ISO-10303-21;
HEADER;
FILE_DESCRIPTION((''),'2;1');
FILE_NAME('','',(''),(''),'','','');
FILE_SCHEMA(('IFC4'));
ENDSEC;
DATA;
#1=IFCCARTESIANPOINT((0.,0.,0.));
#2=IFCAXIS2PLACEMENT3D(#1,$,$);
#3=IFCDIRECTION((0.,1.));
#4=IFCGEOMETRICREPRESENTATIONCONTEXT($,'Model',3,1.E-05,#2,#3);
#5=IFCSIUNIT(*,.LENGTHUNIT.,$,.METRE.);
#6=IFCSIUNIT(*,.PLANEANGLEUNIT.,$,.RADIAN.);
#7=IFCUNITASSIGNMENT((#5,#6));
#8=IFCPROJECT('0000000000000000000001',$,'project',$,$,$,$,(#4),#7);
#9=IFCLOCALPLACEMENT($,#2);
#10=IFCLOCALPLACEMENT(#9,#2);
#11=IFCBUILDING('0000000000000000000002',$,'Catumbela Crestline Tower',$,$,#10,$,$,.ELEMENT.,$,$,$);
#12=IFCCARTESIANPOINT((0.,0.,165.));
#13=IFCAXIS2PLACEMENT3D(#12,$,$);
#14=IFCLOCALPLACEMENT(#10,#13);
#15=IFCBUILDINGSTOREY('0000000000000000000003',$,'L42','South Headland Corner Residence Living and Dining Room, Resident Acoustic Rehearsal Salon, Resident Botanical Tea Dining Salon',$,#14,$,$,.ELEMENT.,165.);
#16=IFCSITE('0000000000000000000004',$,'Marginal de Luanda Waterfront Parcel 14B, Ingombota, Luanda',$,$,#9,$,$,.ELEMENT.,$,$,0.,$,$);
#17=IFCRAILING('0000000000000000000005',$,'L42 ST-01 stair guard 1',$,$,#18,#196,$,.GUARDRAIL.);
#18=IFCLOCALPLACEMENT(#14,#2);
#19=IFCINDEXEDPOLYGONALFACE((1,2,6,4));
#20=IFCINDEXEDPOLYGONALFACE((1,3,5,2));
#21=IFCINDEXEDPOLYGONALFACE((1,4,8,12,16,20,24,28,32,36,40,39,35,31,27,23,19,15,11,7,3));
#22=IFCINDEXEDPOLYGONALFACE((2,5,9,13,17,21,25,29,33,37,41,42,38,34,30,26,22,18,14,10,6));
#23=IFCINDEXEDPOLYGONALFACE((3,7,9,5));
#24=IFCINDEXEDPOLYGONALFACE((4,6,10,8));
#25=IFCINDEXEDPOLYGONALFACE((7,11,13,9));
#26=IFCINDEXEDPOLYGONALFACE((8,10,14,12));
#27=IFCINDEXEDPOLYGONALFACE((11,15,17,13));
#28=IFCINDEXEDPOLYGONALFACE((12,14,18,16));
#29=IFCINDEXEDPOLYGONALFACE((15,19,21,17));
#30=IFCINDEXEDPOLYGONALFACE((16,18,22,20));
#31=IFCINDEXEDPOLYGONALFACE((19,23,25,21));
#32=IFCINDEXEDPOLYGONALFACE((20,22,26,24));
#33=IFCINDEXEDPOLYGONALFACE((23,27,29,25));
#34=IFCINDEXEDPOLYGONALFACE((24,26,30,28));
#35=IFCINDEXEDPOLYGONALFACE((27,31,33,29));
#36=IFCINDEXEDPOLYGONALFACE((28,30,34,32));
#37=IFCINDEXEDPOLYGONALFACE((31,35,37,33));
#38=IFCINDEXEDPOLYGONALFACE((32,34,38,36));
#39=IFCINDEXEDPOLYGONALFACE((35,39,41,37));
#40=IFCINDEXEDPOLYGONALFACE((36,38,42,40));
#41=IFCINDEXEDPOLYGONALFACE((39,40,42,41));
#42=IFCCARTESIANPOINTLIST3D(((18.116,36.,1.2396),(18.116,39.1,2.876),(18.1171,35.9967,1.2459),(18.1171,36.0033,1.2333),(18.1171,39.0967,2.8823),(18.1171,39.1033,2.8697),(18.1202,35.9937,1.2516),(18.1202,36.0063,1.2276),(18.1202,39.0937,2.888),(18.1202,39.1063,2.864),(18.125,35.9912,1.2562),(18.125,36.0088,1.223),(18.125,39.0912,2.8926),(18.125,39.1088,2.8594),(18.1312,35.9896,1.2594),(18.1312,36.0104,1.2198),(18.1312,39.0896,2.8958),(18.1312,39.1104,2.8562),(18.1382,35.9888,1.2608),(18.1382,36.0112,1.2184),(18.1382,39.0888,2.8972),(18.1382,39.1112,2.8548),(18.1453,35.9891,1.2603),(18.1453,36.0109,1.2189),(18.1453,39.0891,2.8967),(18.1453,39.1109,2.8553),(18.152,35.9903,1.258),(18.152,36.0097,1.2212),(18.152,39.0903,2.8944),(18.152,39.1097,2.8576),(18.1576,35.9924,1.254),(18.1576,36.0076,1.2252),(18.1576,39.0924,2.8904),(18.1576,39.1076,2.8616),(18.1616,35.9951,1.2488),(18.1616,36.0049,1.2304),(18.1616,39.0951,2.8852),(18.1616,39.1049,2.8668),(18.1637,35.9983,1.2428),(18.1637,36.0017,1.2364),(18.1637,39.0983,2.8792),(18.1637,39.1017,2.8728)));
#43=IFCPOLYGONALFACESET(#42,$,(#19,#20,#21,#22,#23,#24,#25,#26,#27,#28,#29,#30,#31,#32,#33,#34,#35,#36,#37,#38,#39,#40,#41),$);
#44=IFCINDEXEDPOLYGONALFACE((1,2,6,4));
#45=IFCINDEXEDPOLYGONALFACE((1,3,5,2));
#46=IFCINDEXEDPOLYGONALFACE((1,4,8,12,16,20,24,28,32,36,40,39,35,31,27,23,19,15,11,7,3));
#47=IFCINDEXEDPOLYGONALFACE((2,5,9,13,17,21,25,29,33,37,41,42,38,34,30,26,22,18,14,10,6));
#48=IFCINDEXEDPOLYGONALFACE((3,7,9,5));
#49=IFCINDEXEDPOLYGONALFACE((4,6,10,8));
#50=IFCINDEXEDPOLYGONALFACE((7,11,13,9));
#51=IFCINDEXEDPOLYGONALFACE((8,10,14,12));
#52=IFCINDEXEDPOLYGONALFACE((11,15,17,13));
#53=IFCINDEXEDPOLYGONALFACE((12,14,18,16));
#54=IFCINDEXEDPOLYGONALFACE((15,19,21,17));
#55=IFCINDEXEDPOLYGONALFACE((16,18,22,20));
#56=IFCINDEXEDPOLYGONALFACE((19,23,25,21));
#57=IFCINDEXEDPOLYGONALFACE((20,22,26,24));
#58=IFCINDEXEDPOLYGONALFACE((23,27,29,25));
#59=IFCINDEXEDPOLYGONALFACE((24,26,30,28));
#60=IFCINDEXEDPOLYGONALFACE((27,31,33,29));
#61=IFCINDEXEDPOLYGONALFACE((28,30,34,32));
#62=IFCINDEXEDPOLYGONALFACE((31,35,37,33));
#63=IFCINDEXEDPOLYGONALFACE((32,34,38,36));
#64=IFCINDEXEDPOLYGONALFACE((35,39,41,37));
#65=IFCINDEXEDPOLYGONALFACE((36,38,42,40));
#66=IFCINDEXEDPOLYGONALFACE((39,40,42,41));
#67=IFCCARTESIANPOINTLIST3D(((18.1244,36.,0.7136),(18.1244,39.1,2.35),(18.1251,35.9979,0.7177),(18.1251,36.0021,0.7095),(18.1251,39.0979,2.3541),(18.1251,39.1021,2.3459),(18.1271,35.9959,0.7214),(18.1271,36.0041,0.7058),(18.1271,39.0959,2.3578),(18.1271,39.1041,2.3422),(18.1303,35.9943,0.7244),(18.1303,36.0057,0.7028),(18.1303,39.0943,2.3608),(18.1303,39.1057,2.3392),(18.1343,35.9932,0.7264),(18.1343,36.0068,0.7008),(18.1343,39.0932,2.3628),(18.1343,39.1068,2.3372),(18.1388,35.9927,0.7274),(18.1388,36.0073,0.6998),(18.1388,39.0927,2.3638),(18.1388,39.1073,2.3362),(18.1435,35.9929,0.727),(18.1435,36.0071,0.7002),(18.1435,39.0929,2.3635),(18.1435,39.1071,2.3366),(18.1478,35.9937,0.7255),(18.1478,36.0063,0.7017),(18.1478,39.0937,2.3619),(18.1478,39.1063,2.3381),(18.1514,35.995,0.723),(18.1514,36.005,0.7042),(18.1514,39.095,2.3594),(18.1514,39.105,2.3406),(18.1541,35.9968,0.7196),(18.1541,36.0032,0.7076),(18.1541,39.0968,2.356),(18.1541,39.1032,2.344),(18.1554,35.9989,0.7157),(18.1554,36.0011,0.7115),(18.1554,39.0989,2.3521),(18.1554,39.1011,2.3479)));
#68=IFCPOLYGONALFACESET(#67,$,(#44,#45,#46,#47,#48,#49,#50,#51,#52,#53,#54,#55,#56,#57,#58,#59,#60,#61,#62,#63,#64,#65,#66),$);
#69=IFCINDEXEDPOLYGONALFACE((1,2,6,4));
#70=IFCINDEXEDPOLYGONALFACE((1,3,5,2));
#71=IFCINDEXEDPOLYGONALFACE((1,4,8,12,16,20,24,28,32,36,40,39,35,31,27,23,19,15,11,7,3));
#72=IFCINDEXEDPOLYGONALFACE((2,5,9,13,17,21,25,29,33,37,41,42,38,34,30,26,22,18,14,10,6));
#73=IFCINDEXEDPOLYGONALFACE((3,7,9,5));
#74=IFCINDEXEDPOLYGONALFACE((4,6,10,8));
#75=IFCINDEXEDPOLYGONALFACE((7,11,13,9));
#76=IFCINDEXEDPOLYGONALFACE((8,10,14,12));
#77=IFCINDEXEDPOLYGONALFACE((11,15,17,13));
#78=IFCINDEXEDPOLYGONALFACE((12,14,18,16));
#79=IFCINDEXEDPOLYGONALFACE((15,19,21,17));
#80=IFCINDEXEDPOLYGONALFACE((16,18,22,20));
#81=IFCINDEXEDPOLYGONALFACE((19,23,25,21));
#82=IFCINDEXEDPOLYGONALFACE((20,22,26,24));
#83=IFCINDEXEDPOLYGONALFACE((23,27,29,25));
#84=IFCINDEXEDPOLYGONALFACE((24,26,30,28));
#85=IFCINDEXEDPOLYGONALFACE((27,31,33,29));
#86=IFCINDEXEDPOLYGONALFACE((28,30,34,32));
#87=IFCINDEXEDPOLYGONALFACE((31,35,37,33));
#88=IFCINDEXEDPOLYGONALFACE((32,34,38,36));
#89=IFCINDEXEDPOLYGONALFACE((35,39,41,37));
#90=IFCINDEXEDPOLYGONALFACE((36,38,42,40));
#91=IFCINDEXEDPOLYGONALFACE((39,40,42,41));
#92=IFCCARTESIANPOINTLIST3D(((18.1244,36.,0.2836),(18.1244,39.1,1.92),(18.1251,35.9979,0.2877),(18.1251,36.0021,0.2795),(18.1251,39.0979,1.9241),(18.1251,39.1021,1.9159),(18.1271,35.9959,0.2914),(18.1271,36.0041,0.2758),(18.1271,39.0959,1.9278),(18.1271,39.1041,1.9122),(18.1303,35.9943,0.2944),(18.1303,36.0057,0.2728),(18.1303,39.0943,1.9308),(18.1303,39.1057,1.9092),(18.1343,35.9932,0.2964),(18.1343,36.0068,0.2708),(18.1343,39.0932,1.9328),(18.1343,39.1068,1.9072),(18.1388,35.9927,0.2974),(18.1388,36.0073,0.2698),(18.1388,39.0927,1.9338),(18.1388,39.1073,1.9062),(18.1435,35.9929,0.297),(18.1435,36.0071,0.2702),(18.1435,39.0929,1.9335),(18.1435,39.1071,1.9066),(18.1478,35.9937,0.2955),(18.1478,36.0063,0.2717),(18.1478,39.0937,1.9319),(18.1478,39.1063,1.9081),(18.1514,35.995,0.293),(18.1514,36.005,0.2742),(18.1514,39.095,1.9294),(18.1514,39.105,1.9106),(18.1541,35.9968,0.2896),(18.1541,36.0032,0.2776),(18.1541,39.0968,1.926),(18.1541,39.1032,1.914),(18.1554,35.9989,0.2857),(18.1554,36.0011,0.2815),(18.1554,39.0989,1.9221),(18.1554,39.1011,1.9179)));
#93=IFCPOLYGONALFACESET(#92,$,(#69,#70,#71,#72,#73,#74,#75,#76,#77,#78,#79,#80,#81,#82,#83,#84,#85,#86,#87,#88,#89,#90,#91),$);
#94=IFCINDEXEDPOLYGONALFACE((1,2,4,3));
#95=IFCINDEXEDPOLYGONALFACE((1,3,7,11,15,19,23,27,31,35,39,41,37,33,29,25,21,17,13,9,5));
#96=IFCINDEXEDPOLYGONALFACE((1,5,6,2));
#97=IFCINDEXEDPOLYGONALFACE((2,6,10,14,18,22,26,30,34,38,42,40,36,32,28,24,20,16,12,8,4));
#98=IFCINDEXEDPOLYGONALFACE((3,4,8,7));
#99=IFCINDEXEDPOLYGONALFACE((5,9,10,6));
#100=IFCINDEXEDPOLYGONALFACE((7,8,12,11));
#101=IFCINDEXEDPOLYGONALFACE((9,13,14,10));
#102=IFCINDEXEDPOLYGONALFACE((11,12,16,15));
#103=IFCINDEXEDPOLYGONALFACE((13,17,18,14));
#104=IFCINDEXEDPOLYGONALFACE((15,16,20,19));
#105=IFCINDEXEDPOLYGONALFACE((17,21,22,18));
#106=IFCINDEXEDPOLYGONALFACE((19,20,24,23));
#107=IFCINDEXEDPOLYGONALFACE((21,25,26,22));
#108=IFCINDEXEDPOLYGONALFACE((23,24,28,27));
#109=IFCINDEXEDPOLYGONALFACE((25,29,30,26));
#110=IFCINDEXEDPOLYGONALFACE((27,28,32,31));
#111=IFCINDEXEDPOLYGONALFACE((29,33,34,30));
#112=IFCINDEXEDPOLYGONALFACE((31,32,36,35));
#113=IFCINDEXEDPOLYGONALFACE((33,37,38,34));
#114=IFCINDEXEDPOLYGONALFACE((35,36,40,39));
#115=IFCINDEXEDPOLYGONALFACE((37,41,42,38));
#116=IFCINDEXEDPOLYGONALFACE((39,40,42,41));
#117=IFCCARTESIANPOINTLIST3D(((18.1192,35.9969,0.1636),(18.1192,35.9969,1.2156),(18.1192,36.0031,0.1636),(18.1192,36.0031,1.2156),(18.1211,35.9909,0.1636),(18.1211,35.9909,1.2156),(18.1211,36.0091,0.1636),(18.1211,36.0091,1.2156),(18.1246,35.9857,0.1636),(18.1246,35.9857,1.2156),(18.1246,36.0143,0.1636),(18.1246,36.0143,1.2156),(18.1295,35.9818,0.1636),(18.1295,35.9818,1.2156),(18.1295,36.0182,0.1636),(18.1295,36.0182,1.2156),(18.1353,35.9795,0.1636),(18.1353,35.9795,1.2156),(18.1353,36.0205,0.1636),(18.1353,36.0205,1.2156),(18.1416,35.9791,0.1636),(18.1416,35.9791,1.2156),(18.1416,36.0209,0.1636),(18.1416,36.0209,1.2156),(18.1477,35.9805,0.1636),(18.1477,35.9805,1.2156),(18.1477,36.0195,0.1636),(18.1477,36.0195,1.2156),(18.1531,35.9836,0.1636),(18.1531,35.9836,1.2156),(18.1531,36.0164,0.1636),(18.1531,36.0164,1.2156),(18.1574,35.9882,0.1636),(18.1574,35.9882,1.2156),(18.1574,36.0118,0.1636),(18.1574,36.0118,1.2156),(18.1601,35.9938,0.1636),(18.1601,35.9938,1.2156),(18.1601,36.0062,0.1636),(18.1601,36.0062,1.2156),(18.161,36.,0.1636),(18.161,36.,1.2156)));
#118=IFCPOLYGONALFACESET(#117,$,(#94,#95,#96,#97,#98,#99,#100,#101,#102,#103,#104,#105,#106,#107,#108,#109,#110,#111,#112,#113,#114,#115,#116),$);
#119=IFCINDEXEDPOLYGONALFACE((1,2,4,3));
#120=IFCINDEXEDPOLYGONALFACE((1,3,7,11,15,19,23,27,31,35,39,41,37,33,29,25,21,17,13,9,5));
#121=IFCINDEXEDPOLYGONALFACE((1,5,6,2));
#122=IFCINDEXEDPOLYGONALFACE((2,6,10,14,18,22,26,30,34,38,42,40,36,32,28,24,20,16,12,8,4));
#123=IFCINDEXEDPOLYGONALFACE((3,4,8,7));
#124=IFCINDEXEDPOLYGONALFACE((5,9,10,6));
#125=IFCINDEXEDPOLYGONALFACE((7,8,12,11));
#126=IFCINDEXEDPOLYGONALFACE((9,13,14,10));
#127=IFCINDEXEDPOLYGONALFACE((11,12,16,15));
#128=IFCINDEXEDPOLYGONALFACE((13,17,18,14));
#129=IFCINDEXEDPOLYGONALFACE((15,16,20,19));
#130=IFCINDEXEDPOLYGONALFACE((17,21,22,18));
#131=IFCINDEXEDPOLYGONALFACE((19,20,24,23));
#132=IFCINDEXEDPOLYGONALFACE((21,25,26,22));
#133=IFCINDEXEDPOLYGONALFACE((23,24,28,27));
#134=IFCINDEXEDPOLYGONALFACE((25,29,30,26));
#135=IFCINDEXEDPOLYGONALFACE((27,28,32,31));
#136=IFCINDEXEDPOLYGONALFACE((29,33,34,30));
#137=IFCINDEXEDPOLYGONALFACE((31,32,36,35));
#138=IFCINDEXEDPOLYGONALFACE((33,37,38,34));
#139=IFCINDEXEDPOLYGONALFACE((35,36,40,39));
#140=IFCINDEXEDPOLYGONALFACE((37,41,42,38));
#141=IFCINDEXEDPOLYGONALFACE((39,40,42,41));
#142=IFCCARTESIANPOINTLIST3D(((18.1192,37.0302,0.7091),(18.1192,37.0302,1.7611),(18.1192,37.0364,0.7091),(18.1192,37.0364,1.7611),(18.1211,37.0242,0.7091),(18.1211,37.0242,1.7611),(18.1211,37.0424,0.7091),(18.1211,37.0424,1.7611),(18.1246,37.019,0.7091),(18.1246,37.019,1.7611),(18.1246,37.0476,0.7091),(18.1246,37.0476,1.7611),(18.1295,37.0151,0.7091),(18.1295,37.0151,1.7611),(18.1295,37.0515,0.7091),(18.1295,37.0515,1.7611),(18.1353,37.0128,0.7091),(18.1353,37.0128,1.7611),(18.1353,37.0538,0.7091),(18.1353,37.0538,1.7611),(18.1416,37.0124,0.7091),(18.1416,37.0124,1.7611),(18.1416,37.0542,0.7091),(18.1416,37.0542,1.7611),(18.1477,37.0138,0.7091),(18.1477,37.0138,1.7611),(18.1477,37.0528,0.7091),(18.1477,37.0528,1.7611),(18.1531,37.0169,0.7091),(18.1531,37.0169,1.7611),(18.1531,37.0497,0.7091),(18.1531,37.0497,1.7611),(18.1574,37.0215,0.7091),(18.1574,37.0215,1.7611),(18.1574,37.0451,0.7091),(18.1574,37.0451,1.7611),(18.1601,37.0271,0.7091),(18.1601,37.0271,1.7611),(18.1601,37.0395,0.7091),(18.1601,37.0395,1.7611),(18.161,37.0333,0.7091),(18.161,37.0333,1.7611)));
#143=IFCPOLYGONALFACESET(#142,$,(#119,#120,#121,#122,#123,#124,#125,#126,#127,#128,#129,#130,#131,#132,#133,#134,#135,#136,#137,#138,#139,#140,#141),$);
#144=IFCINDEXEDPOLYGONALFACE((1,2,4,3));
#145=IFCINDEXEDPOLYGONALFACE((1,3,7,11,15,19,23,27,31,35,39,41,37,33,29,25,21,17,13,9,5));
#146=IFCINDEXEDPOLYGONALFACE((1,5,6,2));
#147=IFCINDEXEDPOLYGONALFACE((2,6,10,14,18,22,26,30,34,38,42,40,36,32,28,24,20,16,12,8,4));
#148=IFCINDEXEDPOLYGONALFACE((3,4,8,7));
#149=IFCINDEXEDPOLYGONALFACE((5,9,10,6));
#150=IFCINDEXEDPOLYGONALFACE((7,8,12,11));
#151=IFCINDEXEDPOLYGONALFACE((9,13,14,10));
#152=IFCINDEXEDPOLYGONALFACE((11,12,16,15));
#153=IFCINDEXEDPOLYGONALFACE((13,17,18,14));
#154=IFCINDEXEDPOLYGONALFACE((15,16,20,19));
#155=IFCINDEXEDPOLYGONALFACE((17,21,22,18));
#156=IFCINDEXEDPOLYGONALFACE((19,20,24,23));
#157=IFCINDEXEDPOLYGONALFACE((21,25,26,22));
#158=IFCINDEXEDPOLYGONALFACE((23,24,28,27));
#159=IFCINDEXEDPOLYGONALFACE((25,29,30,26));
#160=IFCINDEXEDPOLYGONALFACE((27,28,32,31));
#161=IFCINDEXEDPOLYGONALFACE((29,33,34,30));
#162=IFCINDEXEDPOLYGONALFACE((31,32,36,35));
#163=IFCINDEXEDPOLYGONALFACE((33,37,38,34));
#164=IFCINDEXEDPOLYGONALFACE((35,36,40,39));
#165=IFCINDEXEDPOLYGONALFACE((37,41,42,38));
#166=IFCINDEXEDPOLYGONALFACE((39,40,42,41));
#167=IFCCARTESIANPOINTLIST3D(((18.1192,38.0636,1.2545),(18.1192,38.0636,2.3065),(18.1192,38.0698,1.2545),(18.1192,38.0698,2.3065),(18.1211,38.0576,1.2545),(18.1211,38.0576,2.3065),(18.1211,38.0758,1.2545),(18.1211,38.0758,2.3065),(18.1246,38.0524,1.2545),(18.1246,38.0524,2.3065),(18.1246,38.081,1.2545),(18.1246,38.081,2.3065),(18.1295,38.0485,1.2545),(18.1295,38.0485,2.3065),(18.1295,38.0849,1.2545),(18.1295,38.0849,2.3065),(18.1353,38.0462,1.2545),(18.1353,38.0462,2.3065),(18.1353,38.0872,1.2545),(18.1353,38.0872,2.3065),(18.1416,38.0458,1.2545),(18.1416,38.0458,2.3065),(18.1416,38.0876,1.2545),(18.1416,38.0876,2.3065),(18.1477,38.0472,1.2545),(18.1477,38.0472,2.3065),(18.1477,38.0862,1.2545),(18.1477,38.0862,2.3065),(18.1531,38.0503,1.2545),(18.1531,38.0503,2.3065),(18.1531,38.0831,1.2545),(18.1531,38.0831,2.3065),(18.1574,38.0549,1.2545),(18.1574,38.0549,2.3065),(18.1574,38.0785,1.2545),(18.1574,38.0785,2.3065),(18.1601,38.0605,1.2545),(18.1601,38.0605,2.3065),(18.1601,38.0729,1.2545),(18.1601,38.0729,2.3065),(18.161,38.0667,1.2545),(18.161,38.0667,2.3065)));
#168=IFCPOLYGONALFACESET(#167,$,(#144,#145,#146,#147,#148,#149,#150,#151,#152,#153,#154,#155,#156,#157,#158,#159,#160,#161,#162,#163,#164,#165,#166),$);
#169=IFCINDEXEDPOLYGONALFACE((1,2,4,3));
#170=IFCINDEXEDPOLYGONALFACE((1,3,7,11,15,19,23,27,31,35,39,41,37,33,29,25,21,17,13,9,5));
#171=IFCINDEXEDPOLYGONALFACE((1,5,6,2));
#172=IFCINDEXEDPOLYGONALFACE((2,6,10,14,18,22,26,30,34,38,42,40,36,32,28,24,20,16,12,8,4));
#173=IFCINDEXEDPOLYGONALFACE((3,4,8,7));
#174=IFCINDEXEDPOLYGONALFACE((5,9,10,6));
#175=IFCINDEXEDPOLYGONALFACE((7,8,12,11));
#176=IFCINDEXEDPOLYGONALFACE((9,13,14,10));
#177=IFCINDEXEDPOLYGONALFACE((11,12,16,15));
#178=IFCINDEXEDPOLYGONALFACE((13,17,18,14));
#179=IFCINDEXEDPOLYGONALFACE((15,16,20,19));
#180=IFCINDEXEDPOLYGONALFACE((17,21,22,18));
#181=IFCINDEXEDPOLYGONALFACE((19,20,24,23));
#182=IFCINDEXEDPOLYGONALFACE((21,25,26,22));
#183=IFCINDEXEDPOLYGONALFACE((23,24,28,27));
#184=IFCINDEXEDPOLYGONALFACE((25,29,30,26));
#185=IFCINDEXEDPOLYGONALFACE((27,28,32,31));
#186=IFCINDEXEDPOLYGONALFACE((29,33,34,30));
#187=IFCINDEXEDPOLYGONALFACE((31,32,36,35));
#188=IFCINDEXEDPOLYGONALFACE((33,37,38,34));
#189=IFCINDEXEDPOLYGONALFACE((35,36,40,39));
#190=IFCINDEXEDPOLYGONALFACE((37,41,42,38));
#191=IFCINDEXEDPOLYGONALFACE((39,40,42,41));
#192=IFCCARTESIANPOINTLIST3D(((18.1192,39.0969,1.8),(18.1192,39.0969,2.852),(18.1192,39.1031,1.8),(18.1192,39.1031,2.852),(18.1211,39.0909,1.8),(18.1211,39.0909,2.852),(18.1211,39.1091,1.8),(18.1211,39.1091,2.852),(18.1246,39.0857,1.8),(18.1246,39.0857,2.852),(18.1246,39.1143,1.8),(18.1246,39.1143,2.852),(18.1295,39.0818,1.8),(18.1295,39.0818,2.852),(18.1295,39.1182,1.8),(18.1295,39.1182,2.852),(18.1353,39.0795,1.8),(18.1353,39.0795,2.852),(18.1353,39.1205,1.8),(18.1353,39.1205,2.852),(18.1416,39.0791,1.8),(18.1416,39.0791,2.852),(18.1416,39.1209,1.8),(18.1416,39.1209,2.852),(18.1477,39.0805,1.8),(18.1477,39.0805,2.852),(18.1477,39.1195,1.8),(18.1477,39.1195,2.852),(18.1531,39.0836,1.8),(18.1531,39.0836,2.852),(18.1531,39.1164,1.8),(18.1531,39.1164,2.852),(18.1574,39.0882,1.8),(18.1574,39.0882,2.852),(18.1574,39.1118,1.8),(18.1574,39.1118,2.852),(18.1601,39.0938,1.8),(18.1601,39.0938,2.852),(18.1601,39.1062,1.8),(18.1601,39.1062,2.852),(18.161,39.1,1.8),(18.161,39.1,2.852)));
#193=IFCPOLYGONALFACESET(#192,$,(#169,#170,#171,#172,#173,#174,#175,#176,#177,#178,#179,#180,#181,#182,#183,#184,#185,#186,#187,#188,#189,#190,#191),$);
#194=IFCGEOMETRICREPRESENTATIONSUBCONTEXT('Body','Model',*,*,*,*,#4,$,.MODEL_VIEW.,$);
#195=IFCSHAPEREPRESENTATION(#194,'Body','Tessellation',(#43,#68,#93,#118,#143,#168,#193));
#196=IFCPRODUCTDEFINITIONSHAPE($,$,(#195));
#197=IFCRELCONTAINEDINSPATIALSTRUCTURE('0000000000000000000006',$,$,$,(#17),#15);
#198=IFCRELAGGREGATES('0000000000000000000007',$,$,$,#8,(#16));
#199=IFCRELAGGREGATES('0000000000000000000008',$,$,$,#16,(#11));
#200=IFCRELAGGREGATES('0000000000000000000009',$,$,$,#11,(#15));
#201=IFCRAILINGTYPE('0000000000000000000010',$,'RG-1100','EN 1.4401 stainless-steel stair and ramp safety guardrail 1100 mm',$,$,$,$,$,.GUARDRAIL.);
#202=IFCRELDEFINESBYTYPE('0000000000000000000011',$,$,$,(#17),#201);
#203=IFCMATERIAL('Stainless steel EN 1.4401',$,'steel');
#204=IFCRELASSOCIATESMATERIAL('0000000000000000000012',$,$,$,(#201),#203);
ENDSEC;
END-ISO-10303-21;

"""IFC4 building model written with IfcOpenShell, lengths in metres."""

from ifc_helpers import new_model, si_unit, direction, frame, origin, origin_2d, place, context, subcontext, project, spatial, circle, extrude, material, type_object, element, save


model = new_model("IFC4")

# Units and contexts
model_context = context("Model", 3, precision=1e-05, world=origin(), true_north=direction((0.0, 1.0)))
body_context = subcontext(model_context, "Body", "Model", "MODEL_VIEW")
ifc_project = project(units=[si_unit("LENGTHUNIT", "METRE"), si_unit("PLANEANGLEUNIT", "RADIAN")], contexts=[model_context])

# Site, building, storey
site_placement = place(None, origin())
site = spatial("IfcSite", under=ifc_project, at=site_placement, Name="Marginal de Luanda Waterfront Parcel 14B, Ingombota, Luanda", CompositionType="ELEMENT", RefElevation=0.0)
building_placement = place(site_placement, origin())
building = spatial("IfcBuilding", under=site, at=building_placement, Name="Catumbela Crestline Tower", CompositionType="ELEMENT")
storey_placement = place(building_placement, frame((0.0, 0.0, 165.0)))
storey = spatial("IfcBuildingStorey", under=building, at=storey_placement, Name="L42", Description="South Headland Corner Residence Living and Dining Room, Resident Acoustic Rehearsal Salon, Resident Botanical Tea Dining Salon", CompositionType="ELEMENT", Elevation=165.0)

# Shared definitions
ifc_material_1 = material(Name="Stainless steel EN 1.4401", Category="steel")

# Railing
railing_type_1 = type_object("IfcRailingType", Name="RG-1100", Description="EN 1.4401 stainless-steel stair and ramp safety guardrail 1100 mm", PredefinedType="GUARDRAIL", material=ifc_material_1)
railing_1_placement = place(storey_placement, frame((18.14, 36.0, 0.1636)))
element("IfcRailing", 1, at=railing_1_placement, inside=storey, type_object=railing_type_1, Name="L42 ST-01 stair guard 1", PredefinedType="GUARDRAIL", context=body_context, shape_type="SweptSolid", body=[
    extrude(circle(Radius=0.024, at=origin_2d()), frame((0.0, 0.0, 1.076), z_axis=(0.0, 0.884351, 0.466823), x_axis=(-1.0, 0.0, 0.0)), (0.0, 0.0, 1.0), 3.5054),
    extrude(circle(Radius=0.0156, at=origin_2d()), frame((0.0, 0.0, 0.55), z_axis=(0.0, 0.884351, 0.466823), x_axis=(-1.0, 0.0, 0.0)), (0.0, 0.0, 1.0), 3.5054),
    extrude(circle(Radius=0.0156, at=origin_2d()), frame((0.0, 0.0, 0.12), z_axis=(0.0, 0.884351, 0.466823), x_axis=(-1.0, 0.0, 0.0)), (0.0, 0.0, 1.0), 3.5054),
    extrude(circle(Radius=0.021, at=origin_2d()), origin(), (0.0, 0.0, 1.0), 1.052),
    extrude(circle(Radius=0.021, at=origin_2d()), frame((0.0, 1.0333, 0.5455)), (0.0, 0.0, 1.0), 1.052),
    extrude(circle(Radius=0.021, at=origin_2d()), frame((0.0, 2.0667, 1.0909)), (0.0, 0.0, 1.0), 1.052),
    extrude(circle(Radius=0.021, at=origin_2d()), frame((0.0, 3.1, 1.6364)), (0.0, 0.0, 1.0), 1.052),
])

save(model, "model.ifc")
